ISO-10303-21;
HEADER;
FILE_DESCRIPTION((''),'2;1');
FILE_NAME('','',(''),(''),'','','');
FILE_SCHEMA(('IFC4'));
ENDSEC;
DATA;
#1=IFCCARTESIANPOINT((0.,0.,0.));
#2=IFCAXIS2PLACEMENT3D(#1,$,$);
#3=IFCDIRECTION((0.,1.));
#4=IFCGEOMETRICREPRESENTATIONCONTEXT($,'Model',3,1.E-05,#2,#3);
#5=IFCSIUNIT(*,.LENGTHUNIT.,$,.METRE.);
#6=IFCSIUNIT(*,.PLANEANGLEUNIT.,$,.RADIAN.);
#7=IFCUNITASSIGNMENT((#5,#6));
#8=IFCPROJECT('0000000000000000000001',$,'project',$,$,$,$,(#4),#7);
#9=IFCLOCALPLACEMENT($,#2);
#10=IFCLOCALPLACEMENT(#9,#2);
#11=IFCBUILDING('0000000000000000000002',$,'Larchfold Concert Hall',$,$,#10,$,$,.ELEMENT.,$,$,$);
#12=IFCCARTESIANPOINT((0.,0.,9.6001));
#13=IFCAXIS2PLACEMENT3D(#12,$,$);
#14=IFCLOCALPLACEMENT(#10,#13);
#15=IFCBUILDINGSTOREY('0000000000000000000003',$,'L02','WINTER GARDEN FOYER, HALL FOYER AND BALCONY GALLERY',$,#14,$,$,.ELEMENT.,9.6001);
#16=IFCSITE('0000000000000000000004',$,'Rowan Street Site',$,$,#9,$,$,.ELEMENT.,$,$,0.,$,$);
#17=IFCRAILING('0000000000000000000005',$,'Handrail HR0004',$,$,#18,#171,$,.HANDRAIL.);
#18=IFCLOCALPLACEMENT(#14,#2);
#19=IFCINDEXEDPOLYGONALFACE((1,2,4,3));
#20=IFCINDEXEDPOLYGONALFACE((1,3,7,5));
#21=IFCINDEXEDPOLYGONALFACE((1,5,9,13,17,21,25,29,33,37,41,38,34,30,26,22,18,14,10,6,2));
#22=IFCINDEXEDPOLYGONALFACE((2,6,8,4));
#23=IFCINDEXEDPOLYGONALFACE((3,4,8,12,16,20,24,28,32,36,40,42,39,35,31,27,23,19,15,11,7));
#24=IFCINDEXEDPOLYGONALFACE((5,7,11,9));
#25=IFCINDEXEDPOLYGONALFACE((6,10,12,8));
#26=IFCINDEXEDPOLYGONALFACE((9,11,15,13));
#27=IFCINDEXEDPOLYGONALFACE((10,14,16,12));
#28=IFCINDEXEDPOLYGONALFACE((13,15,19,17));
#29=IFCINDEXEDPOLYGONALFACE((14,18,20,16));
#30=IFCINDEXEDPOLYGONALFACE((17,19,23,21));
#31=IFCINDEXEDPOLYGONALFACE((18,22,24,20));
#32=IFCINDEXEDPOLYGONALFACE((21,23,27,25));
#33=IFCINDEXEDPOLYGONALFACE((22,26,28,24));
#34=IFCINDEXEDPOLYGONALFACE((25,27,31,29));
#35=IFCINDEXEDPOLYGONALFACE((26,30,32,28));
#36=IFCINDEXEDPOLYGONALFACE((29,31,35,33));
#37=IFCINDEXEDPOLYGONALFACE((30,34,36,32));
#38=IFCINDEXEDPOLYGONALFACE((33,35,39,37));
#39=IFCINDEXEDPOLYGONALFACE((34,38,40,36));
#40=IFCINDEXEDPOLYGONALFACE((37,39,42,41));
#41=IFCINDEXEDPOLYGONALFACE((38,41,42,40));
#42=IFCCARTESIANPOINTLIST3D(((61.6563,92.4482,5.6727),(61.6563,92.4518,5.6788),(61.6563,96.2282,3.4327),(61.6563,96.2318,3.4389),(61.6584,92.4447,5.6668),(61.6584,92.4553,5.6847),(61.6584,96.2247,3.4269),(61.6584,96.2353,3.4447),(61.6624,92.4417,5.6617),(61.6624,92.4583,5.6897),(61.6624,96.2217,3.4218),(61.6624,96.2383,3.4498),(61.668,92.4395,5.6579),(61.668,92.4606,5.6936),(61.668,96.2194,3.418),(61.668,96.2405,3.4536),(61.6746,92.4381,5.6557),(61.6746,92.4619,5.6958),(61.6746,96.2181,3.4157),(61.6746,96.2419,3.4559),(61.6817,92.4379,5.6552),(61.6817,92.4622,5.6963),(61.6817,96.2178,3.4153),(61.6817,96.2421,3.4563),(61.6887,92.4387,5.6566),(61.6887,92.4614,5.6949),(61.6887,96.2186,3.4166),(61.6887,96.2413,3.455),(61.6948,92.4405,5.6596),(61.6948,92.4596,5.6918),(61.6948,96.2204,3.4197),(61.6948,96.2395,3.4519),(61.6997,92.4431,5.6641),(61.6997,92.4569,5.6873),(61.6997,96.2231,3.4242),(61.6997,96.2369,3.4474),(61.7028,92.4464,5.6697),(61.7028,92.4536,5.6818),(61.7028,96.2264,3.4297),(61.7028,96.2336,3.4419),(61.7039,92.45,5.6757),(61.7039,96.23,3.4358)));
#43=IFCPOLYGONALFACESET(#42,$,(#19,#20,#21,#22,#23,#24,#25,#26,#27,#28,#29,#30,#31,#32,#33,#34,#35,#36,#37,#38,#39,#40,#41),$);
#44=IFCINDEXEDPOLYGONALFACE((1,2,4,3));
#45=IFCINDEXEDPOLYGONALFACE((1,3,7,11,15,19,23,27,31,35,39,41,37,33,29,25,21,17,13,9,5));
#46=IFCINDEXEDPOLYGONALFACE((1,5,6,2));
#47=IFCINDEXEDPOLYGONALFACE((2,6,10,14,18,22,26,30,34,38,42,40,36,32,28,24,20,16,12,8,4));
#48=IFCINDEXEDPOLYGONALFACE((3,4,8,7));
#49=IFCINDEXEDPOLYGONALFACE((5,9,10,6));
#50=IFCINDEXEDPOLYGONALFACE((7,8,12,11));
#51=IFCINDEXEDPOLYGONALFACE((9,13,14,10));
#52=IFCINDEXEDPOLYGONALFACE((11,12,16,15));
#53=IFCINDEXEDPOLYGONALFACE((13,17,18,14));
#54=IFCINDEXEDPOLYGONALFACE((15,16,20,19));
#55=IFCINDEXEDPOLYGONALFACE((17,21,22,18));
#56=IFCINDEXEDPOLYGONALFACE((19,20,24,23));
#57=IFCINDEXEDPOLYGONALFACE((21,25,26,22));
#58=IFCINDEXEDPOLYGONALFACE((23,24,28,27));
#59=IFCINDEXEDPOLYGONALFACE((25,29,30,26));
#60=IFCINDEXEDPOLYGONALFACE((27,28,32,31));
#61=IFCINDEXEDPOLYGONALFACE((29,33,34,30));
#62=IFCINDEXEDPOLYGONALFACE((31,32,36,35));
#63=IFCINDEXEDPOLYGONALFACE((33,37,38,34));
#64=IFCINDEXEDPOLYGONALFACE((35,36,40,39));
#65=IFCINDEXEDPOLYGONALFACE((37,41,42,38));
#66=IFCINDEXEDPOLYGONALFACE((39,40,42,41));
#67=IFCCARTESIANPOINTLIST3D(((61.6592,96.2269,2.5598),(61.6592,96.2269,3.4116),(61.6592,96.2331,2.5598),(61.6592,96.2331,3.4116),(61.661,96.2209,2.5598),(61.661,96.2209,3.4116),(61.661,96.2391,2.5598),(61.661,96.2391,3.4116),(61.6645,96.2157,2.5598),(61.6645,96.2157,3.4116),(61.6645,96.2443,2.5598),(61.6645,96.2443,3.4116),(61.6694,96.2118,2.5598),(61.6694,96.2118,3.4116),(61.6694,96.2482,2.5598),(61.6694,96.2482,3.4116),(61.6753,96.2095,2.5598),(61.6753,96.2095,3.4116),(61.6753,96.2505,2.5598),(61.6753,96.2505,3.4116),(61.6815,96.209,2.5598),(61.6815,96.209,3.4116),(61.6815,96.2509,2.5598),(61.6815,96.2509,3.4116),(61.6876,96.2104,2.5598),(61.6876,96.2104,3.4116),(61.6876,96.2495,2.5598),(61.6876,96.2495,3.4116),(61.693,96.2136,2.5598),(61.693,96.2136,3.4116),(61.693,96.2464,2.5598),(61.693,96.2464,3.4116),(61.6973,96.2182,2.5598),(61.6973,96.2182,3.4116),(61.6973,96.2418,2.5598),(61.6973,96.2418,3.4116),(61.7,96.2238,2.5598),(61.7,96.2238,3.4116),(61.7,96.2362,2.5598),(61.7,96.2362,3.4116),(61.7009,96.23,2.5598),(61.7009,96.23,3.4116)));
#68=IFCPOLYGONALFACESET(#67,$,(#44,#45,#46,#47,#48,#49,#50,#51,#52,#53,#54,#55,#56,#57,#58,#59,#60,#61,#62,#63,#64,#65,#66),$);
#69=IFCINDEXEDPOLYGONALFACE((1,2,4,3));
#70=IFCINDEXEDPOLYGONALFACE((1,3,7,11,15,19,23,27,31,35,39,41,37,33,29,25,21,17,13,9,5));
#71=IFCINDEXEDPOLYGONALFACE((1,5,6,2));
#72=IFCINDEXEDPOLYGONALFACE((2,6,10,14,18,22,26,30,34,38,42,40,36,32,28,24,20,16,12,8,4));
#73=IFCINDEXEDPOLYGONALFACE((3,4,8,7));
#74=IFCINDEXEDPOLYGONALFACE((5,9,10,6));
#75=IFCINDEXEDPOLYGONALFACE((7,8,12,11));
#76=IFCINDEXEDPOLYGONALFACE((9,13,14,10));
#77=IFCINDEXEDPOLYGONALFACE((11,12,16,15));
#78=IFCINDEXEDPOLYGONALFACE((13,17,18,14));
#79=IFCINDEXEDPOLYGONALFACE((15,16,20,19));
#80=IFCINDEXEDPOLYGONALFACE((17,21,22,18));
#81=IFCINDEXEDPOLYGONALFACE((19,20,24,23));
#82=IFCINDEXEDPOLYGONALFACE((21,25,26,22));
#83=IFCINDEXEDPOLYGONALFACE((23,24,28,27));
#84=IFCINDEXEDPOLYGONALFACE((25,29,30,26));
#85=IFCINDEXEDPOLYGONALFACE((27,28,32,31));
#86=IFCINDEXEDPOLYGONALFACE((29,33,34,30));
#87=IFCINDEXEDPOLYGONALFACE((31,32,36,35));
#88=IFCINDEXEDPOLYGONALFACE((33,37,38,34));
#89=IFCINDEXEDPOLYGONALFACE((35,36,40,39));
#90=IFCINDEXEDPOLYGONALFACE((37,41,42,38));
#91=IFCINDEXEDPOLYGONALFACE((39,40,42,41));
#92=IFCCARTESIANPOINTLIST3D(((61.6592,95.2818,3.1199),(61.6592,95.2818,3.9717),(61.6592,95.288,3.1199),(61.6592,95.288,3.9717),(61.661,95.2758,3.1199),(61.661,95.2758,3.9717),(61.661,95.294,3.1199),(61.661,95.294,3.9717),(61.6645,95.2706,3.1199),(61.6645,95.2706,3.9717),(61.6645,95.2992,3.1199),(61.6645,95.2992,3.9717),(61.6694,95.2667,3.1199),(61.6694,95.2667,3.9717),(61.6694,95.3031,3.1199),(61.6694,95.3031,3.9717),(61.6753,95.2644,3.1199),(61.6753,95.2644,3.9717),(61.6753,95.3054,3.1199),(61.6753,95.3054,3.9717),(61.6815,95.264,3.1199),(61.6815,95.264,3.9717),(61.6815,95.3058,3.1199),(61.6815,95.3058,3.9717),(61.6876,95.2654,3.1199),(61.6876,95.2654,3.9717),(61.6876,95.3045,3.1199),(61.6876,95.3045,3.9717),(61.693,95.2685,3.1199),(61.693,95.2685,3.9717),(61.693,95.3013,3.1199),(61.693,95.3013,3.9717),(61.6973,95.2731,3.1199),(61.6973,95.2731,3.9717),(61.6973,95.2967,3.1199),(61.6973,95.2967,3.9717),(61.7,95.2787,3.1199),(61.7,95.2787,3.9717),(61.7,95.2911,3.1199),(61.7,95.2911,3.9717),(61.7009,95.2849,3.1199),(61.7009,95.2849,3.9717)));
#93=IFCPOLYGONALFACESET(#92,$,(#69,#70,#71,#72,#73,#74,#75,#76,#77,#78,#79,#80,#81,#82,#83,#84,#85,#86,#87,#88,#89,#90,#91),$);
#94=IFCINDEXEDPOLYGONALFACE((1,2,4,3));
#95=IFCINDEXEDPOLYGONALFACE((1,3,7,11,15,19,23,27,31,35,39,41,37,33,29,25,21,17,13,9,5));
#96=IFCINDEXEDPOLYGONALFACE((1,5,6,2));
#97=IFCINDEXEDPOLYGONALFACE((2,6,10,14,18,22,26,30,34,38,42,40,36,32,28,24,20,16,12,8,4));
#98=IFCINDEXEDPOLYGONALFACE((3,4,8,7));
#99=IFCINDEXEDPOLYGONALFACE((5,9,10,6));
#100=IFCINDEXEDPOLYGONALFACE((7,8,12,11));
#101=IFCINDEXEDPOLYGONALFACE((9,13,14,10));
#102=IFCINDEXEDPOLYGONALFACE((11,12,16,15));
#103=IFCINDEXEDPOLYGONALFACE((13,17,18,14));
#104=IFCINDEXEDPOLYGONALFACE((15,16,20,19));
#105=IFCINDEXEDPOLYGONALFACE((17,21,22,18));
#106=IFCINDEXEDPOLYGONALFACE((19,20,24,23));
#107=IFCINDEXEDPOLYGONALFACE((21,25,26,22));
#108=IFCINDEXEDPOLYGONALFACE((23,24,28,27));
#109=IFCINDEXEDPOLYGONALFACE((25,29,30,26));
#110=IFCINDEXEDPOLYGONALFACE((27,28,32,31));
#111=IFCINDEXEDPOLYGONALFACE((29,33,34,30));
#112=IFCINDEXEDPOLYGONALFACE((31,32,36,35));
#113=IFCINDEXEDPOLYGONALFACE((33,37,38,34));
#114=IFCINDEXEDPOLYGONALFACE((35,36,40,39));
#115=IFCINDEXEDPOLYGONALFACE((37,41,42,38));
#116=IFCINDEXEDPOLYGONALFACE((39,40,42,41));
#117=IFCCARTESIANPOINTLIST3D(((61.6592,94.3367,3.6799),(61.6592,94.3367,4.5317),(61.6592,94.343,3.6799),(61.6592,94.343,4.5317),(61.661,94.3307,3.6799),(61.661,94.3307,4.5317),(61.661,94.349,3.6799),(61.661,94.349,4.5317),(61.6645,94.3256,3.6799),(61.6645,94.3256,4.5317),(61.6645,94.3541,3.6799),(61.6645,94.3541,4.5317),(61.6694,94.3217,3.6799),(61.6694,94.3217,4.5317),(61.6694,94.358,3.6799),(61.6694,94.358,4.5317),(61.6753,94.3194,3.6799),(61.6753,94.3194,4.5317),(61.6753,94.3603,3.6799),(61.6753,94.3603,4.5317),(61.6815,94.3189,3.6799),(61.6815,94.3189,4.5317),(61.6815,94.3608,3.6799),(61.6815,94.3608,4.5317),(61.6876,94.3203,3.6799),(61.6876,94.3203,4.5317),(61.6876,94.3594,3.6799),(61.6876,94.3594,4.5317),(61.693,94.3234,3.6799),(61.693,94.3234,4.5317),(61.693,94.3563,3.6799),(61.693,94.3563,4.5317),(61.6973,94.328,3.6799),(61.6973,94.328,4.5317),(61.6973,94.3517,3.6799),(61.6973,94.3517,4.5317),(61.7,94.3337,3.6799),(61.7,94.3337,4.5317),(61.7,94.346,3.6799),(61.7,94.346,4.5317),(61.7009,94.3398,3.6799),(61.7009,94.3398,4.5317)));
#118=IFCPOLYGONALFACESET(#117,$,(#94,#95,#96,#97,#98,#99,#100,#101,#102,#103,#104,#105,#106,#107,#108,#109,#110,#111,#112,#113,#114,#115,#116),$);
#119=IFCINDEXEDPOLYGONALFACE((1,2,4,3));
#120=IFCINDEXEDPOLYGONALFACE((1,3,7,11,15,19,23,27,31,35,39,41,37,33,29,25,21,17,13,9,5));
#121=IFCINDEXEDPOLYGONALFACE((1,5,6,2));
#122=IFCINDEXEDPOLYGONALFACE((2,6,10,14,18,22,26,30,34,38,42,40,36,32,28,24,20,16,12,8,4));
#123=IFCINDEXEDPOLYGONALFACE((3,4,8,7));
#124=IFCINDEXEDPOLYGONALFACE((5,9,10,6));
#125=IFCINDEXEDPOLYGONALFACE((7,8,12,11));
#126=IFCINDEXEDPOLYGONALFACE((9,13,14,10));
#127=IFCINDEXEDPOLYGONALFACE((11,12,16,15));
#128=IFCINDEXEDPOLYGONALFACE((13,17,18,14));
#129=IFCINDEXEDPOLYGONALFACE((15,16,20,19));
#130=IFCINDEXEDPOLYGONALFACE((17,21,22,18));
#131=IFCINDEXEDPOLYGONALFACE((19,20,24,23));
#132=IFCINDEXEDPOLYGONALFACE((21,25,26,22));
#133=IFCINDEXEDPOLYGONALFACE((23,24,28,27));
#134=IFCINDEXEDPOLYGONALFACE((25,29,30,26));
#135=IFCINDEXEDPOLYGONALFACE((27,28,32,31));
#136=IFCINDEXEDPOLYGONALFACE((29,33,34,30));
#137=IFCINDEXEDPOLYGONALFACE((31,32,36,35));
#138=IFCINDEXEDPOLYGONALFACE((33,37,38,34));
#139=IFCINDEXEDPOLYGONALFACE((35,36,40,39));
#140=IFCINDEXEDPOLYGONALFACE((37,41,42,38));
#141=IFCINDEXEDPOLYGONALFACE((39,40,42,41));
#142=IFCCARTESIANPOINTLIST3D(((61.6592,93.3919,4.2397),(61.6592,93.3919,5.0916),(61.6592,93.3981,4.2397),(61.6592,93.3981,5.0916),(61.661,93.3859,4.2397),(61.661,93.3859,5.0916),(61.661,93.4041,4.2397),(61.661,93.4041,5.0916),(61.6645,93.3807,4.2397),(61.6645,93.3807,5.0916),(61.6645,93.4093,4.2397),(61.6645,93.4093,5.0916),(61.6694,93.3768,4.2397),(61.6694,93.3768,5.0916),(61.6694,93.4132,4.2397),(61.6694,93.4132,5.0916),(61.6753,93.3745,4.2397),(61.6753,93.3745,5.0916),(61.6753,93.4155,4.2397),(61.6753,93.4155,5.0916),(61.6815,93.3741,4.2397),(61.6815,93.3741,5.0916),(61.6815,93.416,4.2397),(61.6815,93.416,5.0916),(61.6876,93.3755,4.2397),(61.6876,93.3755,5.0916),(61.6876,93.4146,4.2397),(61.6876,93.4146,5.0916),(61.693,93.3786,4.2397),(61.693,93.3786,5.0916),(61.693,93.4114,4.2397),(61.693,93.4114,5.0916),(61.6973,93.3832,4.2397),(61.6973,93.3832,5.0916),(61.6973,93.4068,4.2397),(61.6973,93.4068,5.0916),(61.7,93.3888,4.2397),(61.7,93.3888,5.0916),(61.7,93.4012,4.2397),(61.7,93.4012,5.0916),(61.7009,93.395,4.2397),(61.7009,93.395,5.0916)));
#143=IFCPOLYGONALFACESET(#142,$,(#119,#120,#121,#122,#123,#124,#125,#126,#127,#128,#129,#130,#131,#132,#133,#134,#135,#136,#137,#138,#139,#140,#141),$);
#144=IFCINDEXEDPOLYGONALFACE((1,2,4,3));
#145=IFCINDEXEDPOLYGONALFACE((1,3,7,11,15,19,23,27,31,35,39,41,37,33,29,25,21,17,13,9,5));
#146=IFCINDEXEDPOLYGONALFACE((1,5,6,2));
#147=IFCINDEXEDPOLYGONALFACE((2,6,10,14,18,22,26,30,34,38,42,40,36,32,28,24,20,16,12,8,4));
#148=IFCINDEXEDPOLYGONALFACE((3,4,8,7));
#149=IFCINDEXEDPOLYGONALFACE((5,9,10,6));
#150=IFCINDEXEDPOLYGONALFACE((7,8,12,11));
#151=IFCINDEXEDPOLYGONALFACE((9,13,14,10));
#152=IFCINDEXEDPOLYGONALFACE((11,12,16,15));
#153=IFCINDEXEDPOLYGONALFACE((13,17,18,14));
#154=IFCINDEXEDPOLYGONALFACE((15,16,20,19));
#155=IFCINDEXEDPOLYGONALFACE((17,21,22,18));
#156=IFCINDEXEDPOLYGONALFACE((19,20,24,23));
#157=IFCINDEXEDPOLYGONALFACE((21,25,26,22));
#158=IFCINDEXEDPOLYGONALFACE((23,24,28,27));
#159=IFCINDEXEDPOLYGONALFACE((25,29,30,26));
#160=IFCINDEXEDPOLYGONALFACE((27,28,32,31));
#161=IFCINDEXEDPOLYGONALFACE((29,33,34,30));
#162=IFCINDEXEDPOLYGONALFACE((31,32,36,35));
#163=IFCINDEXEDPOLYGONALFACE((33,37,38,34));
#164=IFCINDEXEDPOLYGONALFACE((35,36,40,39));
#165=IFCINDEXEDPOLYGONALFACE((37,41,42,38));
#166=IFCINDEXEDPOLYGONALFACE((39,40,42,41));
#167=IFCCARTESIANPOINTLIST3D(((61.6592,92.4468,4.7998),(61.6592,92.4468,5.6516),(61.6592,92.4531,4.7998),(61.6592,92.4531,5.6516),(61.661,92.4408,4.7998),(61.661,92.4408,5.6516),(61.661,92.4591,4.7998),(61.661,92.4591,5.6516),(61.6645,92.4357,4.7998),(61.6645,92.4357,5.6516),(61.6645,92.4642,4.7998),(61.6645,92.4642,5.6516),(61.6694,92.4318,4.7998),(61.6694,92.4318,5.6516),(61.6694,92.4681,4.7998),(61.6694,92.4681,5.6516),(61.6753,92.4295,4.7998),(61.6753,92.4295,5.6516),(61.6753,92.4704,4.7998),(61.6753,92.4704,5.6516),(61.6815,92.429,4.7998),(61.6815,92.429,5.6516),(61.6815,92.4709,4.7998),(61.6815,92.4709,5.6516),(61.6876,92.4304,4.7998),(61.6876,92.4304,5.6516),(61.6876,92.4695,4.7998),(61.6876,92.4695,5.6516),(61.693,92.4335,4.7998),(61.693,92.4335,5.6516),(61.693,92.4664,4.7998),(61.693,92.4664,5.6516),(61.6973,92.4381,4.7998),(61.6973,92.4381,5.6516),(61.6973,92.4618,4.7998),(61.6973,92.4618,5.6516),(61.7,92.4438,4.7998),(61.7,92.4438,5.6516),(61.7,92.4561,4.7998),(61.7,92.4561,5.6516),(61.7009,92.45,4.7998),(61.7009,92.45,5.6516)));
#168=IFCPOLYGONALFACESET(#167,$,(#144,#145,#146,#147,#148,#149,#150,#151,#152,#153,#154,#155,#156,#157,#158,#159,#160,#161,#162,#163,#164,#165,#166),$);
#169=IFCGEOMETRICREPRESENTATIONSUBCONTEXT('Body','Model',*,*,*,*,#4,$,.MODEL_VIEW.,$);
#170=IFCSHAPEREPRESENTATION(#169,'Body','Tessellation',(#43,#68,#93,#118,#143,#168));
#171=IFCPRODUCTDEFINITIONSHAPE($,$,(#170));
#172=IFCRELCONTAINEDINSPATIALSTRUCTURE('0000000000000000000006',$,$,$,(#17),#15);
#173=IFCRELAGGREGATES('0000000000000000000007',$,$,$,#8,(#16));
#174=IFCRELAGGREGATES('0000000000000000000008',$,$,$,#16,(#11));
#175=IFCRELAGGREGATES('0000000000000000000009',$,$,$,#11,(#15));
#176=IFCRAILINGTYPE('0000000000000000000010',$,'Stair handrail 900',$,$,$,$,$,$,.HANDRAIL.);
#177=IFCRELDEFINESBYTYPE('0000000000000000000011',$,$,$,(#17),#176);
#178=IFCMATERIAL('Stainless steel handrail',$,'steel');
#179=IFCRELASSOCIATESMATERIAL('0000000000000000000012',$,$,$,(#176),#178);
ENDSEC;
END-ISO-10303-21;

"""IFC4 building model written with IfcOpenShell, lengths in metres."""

from ifc_helpers import new_model, si_unit, direction, frame, origin, origin_2d, place, context, subcontext, project, spatial, circle, extrude, material, type_object, element, save


model = new_model("IFC4")

# Units and contexts
model_context = context("Model", 3, precision=1e-05, world=origin(), true_north=direction((0.0, 1.0)))
body_context = subcontext(model_context, "Body", "Model", "MODEL_VIEW")
ifc_project = project(units=[si_unit("LENGTHUNIT", "METRE"), si_unit("PLANEANGLEUNIT", "RADIAN")], contexts=[model_context])

# Site, building, storey
site_placement = place(None, origin())
site = spatial("IfcSite", under=ifc_project, at=site_placement, Name="Rowan Street Site", CompositionType="ELEMENT", RefElevation=0.0)
building_placement = place(site_placement, origin())
building = spatial("IfcBuilding", under=site, at=building_placement, Name="Larchfold Concert Hall", CompositionType="ELEMENT")
storey_placement = place(building_placement, frame((0.0, 0.0, 9.6001)))
storey = spatial("IfcBuildingStorey", under=building, at=storey_placement, Name="L02", Description="WINTER GARDEN FOYER, HALL FOYER AND BALCONY GALLERY", CompositionType="ELEMENT", Elevation=9.6001)

# Railing
ifc_material_1 = material(Name="Stainless steel handrail", Category="steel")
railing_type_1 = type_object("IfcRailingType", Name="Stair handrail 900", PredefinedType="HANDRAIL", material=ifc_material_1)
railing_1_placement = place(storey_placement, frame((61.6799, 96.23, 2.5598)))
element("IfcRailing", 1, at=railing_1_placement, inside=storey, type_object=railing_type_1, Name="Handrail HR0004", PredefinedType="HANDRAIL", context=body_context, shape_type="SweptSolid", body=[
    extrude(circle(Radius=0.0239, at=origin_2d()), frame((0.0, 0.0, 0.876), z_axis=(0.0, -0.860294, 0.509798), x_axis=(1.0, 0.0, 0.0)), (0.0, 0.0, 1.0), 4.3938),
    extrude(circle(Radius=0.021, at=origin_2d()), origin(), (0.0, 0.0, 1.0), 0.8518),
    extrude(circle(Radius=0.021, at=origin_2d()), frame((0.0, -0.9451, 0.5601)), (0.0, 0.0, 1.0), 0.8518),
    extrude(circle(Radius=0.021, at=origin_2d()), frame((0.0, -1.8901, 1.1201)), (0.0, 0.0, 1.0), 0.8518),
    extrude(circle(Radius=0.021, at=origin_2d()), frame((0.0, -2.835, 1.6799)), (0.0, 0.0, 1.0), 0.8518),
    extrude(circle(Radius=0.021, at=origin_2d()), frame((0.0, -3.78, 2.24)), (0.0, 0.0, 1.0), 0.8518),
])

save(model, "model.ifc")
